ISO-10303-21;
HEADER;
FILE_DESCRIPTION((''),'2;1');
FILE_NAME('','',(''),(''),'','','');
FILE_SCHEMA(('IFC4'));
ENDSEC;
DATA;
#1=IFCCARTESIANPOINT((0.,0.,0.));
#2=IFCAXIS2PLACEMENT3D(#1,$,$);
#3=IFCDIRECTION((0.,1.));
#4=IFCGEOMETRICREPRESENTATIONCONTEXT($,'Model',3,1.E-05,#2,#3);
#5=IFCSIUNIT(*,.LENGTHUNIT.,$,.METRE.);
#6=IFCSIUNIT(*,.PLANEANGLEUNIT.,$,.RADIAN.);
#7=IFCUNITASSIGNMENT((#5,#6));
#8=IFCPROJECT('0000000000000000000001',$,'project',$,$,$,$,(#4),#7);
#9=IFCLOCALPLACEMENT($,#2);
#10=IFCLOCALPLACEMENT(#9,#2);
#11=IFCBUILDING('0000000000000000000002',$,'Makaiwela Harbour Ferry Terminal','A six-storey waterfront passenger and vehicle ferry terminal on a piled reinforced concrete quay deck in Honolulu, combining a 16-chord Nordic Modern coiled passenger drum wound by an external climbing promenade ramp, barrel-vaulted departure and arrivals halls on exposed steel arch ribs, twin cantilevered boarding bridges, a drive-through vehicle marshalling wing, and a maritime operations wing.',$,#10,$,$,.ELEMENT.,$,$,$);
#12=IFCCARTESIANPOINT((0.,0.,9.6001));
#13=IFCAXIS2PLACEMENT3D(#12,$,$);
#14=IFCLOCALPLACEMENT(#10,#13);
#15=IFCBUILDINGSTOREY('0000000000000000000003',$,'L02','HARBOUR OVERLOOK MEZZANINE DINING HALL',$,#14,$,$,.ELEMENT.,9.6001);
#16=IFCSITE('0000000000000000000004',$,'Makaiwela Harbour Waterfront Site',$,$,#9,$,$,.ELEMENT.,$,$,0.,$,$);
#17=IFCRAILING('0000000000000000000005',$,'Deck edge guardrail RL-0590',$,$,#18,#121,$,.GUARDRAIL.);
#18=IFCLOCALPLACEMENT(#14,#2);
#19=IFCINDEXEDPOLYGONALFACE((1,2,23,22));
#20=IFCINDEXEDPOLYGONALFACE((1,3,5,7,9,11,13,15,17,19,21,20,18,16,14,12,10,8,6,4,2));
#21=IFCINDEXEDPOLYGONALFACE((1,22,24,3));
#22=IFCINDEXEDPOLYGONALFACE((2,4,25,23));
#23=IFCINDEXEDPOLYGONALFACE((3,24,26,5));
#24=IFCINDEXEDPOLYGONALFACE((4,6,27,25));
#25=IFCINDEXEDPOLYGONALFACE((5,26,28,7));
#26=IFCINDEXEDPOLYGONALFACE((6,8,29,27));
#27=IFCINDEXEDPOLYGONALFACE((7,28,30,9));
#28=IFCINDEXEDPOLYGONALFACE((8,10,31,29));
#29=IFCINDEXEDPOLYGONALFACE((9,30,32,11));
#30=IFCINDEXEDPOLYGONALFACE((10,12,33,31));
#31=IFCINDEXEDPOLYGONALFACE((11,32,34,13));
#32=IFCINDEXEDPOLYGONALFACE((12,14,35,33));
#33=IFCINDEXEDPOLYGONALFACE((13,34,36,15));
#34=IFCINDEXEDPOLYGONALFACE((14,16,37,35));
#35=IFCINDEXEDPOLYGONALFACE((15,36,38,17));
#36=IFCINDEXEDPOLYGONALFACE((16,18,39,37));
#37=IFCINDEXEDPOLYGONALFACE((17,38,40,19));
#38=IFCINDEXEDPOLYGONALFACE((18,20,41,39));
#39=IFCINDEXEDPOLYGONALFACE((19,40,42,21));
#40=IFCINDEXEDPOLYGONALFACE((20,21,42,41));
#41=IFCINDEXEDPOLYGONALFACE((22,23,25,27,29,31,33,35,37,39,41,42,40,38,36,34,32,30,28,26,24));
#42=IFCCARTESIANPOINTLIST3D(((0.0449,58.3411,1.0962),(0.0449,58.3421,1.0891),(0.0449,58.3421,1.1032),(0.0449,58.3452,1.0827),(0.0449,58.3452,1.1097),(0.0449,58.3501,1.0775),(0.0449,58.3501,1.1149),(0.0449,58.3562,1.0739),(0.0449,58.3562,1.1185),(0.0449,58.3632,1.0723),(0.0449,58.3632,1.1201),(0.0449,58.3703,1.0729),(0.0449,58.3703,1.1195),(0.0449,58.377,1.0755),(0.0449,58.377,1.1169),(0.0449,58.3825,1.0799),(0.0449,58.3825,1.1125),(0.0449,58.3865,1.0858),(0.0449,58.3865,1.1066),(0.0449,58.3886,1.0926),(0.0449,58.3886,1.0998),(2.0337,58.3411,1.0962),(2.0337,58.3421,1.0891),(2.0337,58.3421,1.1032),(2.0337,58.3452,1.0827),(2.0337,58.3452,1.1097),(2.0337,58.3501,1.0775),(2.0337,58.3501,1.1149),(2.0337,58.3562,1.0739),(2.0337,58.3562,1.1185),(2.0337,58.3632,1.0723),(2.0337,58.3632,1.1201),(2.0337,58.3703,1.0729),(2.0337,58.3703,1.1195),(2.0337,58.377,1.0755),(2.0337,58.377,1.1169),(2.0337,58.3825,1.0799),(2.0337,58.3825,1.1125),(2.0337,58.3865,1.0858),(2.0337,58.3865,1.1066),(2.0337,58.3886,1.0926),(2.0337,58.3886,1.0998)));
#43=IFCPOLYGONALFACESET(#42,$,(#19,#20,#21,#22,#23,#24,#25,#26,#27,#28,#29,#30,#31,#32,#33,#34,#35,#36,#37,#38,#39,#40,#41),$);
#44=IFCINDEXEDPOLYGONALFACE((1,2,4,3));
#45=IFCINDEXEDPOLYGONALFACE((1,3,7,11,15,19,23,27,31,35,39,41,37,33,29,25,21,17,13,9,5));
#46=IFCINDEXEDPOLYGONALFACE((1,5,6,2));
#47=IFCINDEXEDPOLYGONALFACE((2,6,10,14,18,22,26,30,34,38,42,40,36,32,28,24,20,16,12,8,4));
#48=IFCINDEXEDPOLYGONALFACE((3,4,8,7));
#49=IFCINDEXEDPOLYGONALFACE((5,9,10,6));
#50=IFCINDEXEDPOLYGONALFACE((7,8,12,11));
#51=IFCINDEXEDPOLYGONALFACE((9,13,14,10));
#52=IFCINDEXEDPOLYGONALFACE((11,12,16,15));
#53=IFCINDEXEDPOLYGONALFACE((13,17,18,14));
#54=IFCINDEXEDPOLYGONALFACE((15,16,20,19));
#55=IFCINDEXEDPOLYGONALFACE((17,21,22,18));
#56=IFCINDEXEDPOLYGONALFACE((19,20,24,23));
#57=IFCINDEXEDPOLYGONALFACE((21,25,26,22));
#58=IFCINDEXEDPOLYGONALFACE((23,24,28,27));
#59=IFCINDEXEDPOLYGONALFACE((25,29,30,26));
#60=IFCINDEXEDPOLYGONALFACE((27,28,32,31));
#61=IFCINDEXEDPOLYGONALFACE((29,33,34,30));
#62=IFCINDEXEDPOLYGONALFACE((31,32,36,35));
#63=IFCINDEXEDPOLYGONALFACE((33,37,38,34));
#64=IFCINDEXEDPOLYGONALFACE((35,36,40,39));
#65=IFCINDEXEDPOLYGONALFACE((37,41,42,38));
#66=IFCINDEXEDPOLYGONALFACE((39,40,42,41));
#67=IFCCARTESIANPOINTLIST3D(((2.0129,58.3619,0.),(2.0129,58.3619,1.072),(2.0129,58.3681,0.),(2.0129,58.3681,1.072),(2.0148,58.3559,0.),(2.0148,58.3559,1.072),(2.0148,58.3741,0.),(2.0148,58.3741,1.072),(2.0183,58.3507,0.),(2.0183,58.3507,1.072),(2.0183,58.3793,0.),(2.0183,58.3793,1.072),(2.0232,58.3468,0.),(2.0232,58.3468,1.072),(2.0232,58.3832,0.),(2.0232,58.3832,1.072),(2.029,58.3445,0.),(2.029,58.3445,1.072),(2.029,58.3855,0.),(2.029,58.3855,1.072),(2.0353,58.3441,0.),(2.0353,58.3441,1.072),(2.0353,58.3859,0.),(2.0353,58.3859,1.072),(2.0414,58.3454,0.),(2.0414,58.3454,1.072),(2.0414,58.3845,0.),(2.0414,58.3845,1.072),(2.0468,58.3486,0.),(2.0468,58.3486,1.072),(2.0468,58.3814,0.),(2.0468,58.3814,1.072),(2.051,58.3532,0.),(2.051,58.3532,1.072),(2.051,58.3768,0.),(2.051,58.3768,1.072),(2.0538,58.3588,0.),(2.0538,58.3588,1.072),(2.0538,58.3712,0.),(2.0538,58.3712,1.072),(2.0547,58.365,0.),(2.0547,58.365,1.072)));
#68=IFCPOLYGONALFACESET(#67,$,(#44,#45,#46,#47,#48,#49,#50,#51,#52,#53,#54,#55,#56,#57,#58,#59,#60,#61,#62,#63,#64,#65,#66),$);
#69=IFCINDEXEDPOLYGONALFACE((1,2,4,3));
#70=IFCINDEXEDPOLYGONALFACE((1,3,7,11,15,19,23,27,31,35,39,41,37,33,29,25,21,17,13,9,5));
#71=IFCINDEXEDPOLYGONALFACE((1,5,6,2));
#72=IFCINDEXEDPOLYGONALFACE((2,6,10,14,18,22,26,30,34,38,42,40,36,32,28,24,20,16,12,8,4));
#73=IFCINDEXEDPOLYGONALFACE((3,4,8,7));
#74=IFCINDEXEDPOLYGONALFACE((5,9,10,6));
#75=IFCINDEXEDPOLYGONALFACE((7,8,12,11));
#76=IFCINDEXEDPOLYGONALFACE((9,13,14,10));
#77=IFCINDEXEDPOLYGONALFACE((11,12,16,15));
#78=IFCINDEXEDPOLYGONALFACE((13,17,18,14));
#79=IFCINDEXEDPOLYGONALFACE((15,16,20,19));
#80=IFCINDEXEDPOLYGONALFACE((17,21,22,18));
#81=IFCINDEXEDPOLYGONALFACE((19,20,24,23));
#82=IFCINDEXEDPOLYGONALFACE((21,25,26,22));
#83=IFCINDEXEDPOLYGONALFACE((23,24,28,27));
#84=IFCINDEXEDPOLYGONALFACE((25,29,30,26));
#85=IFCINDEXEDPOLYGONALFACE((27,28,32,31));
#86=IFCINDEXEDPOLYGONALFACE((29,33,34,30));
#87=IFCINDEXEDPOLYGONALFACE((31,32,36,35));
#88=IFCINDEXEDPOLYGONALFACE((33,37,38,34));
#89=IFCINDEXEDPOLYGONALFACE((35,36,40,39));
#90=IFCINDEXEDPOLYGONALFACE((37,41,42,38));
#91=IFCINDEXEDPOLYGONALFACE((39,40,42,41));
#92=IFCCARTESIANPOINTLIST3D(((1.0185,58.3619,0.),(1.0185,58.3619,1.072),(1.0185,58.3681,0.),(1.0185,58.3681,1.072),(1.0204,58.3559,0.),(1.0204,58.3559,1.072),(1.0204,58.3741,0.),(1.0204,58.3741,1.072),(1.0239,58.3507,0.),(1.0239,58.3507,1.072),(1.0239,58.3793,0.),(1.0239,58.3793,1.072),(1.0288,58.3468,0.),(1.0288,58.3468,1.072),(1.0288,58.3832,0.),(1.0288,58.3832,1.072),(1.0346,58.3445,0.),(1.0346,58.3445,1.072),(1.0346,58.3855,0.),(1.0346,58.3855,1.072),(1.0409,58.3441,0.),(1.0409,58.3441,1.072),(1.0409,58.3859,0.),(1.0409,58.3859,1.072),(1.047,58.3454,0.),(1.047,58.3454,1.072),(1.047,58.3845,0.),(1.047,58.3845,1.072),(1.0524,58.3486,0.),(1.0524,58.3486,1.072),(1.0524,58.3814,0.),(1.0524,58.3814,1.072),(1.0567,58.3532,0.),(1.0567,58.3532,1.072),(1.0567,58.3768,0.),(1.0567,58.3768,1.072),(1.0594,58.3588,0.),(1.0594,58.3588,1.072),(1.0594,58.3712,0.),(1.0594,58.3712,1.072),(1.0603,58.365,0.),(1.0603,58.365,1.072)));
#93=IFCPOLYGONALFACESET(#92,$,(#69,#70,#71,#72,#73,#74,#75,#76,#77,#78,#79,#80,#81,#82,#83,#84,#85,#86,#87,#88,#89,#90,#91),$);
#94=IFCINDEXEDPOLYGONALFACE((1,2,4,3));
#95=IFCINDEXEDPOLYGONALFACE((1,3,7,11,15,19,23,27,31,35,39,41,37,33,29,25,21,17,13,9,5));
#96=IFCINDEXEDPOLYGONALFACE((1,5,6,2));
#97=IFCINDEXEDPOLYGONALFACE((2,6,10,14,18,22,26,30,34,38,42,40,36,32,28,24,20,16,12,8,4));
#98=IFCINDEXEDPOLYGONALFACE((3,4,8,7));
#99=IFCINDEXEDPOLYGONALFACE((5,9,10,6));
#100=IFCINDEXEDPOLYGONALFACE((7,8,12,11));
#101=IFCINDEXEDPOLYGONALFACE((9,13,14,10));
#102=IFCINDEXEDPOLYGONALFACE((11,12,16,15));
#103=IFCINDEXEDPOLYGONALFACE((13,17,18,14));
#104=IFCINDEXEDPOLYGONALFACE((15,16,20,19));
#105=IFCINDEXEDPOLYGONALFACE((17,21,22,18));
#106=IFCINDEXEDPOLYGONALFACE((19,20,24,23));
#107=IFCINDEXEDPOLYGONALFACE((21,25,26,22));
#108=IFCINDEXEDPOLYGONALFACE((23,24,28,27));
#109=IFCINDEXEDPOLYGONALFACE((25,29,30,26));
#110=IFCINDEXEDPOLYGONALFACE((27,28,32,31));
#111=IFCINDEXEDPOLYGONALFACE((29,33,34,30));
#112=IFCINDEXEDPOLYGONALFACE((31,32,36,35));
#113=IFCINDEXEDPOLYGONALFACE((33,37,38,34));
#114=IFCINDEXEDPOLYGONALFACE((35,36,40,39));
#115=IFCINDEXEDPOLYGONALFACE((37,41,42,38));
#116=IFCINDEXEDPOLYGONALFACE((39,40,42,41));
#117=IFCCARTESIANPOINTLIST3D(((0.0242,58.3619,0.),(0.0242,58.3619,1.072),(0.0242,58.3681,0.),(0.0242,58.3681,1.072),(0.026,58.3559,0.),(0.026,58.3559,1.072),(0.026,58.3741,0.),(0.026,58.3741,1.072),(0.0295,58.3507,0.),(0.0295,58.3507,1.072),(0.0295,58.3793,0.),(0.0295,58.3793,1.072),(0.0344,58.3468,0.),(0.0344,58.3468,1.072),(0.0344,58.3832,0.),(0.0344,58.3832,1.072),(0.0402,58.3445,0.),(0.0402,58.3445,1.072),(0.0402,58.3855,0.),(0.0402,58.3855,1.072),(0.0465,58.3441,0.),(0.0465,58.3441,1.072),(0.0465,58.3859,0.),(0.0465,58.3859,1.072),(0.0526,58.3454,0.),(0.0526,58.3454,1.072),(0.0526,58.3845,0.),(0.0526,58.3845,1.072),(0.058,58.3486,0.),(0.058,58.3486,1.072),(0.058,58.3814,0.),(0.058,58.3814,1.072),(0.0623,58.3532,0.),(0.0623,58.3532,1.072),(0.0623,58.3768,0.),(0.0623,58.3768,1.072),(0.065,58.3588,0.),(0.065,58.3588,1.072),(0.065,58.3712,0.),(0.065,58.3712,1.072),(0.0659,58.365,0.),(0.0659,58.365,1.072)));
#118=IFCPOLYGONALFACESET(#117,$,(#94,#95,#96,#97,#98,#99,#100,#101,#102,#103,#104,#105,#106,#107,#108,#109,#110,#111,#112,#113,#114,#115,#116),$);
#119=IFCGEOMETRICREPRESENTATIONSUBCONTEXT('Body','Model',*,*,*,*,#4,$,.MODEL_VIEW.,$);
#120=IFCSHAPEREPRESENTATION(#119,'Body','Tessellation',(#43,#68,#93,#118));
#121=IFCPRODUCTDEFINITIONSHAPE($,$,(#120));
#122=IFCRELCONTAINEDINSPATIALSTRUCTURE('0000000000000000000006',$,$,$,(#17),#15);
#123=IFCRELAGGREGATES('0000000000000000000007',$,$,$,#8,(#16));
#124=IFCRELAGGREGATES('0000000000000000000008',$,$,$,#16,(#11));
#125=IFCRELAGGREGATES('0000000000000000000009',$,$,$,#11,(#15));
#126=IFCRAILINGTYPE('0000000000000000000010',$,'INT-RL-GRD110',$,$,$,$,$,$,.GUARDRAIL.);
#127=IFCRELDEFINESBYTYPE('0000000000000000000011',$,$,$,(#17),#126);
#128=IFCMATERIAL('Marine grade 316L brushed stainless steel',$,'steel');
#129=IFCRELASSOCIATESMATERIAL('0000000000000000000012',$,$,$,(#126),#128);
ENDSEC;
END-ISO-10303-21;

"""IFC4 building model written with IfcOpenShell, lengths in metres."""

from ifc_helpers import new_model, si_unit, direction, frame, origin, origin_2d, place, context, subcontext, project, spatial, circle, extrude, material, type_object, element, save


model = new_model("IFC4")

# Units and contexts
model_context = context("Model", 3, precision=1e-05, world=origin(), true_north=direction((0.0, 1.0)))
body_context = subcontext(model_context, "Body", "Model", "MODEL_VIEW")
ifc_project = project(units=[si_unit("LENGTHUNIT", "METRE"), si_unit("PLANEANGLEUNIT", "RADIAN")], contexts=[model_context])

# Site, building, storey
site_placement = place(None, origin())
site = spatial("IfcSite", under=ifc_project, at=site_placement, Name="Makaiwela Harbour Waterfront Site", CompositionType="ELEMENT", RefElevation=0.0)
building_placement = place(site_placement, origin())
building = spatial("IfcBuilding", under=site, at=building_placement, Name="Makaiwela Harbour Ferry Terminal", Description="A six-storey waterfront passenger and vehicle ferry terminal on a piled reinforced concrete quay deck in Honolulu, combining a 16-chord Nordic Modern coiled passenger drum wound by an external climbing promenade ramp, barrel-vaulted departure and arrivals halls on exposed steel arch ribs, twin cantilevered boarding bridges, a drive-through vehicle marshalling wing, and a maritime operations wing.", CompositionType="ELEMENT")
storey_placement = place(building_placement, frame((0.0, 0.0, 9.6001)))
storey = spatial("IfcBuildingStorey", under=building, at=storey_placement, Name="L02", Description="HARBOUR OVERLOOK MEZZANINE DINING HALL", CompositionType="ELEMENT", Elevation=9.6001)

# Railing
ifc_material_1 = material(Name="Marine grade 316L brushed stainless steel", Category="steel")
railing_type = type_object("IfcRailingType", Name="INT-RL-GRD110", PredefinedType="GUARDRAIL", material=ifc_material_1)
for number, where, name in (
    (1, (2.0337, 58.365, 0.0), "Deck edge guardrail RL-0590"),
):
    element("IfcRailing", number, at=place(storey_placement, frame(where)), inside=storey, type_object=railing_type, Name=name, PredefinedType="GUARDRAIL", context=body_context, shape_type="SweptSolid", body=[
        extrude(circle(Radius=0.0239, at=origin_2d()), frame((0.0, 0.0, 1.0962), z_axis=(-1.0, 0.0, 0.0), x_axis=(0.0, -1.0, 0.0)), (0.0, 0.0, 1.0), 1.9888),
        extrude(circle(Radius=0.021, at=origin_2d()), origin(), (0.0, 0.0, 1.0), 1.072),
        extrude(circle(Radius=0.021, at=origin_2d()), frame((-0.9944, 0.0, 0.0)), (0.0, 0.0, 1.0), 1.072),
        extrude(circle(Radius=0.021, at=origin_2d()), frame((-1.9888, 0.0, 0.0)), (0.0, 0.0, 1.0), 1.072),
    ])

save(model, "model.ifc")
